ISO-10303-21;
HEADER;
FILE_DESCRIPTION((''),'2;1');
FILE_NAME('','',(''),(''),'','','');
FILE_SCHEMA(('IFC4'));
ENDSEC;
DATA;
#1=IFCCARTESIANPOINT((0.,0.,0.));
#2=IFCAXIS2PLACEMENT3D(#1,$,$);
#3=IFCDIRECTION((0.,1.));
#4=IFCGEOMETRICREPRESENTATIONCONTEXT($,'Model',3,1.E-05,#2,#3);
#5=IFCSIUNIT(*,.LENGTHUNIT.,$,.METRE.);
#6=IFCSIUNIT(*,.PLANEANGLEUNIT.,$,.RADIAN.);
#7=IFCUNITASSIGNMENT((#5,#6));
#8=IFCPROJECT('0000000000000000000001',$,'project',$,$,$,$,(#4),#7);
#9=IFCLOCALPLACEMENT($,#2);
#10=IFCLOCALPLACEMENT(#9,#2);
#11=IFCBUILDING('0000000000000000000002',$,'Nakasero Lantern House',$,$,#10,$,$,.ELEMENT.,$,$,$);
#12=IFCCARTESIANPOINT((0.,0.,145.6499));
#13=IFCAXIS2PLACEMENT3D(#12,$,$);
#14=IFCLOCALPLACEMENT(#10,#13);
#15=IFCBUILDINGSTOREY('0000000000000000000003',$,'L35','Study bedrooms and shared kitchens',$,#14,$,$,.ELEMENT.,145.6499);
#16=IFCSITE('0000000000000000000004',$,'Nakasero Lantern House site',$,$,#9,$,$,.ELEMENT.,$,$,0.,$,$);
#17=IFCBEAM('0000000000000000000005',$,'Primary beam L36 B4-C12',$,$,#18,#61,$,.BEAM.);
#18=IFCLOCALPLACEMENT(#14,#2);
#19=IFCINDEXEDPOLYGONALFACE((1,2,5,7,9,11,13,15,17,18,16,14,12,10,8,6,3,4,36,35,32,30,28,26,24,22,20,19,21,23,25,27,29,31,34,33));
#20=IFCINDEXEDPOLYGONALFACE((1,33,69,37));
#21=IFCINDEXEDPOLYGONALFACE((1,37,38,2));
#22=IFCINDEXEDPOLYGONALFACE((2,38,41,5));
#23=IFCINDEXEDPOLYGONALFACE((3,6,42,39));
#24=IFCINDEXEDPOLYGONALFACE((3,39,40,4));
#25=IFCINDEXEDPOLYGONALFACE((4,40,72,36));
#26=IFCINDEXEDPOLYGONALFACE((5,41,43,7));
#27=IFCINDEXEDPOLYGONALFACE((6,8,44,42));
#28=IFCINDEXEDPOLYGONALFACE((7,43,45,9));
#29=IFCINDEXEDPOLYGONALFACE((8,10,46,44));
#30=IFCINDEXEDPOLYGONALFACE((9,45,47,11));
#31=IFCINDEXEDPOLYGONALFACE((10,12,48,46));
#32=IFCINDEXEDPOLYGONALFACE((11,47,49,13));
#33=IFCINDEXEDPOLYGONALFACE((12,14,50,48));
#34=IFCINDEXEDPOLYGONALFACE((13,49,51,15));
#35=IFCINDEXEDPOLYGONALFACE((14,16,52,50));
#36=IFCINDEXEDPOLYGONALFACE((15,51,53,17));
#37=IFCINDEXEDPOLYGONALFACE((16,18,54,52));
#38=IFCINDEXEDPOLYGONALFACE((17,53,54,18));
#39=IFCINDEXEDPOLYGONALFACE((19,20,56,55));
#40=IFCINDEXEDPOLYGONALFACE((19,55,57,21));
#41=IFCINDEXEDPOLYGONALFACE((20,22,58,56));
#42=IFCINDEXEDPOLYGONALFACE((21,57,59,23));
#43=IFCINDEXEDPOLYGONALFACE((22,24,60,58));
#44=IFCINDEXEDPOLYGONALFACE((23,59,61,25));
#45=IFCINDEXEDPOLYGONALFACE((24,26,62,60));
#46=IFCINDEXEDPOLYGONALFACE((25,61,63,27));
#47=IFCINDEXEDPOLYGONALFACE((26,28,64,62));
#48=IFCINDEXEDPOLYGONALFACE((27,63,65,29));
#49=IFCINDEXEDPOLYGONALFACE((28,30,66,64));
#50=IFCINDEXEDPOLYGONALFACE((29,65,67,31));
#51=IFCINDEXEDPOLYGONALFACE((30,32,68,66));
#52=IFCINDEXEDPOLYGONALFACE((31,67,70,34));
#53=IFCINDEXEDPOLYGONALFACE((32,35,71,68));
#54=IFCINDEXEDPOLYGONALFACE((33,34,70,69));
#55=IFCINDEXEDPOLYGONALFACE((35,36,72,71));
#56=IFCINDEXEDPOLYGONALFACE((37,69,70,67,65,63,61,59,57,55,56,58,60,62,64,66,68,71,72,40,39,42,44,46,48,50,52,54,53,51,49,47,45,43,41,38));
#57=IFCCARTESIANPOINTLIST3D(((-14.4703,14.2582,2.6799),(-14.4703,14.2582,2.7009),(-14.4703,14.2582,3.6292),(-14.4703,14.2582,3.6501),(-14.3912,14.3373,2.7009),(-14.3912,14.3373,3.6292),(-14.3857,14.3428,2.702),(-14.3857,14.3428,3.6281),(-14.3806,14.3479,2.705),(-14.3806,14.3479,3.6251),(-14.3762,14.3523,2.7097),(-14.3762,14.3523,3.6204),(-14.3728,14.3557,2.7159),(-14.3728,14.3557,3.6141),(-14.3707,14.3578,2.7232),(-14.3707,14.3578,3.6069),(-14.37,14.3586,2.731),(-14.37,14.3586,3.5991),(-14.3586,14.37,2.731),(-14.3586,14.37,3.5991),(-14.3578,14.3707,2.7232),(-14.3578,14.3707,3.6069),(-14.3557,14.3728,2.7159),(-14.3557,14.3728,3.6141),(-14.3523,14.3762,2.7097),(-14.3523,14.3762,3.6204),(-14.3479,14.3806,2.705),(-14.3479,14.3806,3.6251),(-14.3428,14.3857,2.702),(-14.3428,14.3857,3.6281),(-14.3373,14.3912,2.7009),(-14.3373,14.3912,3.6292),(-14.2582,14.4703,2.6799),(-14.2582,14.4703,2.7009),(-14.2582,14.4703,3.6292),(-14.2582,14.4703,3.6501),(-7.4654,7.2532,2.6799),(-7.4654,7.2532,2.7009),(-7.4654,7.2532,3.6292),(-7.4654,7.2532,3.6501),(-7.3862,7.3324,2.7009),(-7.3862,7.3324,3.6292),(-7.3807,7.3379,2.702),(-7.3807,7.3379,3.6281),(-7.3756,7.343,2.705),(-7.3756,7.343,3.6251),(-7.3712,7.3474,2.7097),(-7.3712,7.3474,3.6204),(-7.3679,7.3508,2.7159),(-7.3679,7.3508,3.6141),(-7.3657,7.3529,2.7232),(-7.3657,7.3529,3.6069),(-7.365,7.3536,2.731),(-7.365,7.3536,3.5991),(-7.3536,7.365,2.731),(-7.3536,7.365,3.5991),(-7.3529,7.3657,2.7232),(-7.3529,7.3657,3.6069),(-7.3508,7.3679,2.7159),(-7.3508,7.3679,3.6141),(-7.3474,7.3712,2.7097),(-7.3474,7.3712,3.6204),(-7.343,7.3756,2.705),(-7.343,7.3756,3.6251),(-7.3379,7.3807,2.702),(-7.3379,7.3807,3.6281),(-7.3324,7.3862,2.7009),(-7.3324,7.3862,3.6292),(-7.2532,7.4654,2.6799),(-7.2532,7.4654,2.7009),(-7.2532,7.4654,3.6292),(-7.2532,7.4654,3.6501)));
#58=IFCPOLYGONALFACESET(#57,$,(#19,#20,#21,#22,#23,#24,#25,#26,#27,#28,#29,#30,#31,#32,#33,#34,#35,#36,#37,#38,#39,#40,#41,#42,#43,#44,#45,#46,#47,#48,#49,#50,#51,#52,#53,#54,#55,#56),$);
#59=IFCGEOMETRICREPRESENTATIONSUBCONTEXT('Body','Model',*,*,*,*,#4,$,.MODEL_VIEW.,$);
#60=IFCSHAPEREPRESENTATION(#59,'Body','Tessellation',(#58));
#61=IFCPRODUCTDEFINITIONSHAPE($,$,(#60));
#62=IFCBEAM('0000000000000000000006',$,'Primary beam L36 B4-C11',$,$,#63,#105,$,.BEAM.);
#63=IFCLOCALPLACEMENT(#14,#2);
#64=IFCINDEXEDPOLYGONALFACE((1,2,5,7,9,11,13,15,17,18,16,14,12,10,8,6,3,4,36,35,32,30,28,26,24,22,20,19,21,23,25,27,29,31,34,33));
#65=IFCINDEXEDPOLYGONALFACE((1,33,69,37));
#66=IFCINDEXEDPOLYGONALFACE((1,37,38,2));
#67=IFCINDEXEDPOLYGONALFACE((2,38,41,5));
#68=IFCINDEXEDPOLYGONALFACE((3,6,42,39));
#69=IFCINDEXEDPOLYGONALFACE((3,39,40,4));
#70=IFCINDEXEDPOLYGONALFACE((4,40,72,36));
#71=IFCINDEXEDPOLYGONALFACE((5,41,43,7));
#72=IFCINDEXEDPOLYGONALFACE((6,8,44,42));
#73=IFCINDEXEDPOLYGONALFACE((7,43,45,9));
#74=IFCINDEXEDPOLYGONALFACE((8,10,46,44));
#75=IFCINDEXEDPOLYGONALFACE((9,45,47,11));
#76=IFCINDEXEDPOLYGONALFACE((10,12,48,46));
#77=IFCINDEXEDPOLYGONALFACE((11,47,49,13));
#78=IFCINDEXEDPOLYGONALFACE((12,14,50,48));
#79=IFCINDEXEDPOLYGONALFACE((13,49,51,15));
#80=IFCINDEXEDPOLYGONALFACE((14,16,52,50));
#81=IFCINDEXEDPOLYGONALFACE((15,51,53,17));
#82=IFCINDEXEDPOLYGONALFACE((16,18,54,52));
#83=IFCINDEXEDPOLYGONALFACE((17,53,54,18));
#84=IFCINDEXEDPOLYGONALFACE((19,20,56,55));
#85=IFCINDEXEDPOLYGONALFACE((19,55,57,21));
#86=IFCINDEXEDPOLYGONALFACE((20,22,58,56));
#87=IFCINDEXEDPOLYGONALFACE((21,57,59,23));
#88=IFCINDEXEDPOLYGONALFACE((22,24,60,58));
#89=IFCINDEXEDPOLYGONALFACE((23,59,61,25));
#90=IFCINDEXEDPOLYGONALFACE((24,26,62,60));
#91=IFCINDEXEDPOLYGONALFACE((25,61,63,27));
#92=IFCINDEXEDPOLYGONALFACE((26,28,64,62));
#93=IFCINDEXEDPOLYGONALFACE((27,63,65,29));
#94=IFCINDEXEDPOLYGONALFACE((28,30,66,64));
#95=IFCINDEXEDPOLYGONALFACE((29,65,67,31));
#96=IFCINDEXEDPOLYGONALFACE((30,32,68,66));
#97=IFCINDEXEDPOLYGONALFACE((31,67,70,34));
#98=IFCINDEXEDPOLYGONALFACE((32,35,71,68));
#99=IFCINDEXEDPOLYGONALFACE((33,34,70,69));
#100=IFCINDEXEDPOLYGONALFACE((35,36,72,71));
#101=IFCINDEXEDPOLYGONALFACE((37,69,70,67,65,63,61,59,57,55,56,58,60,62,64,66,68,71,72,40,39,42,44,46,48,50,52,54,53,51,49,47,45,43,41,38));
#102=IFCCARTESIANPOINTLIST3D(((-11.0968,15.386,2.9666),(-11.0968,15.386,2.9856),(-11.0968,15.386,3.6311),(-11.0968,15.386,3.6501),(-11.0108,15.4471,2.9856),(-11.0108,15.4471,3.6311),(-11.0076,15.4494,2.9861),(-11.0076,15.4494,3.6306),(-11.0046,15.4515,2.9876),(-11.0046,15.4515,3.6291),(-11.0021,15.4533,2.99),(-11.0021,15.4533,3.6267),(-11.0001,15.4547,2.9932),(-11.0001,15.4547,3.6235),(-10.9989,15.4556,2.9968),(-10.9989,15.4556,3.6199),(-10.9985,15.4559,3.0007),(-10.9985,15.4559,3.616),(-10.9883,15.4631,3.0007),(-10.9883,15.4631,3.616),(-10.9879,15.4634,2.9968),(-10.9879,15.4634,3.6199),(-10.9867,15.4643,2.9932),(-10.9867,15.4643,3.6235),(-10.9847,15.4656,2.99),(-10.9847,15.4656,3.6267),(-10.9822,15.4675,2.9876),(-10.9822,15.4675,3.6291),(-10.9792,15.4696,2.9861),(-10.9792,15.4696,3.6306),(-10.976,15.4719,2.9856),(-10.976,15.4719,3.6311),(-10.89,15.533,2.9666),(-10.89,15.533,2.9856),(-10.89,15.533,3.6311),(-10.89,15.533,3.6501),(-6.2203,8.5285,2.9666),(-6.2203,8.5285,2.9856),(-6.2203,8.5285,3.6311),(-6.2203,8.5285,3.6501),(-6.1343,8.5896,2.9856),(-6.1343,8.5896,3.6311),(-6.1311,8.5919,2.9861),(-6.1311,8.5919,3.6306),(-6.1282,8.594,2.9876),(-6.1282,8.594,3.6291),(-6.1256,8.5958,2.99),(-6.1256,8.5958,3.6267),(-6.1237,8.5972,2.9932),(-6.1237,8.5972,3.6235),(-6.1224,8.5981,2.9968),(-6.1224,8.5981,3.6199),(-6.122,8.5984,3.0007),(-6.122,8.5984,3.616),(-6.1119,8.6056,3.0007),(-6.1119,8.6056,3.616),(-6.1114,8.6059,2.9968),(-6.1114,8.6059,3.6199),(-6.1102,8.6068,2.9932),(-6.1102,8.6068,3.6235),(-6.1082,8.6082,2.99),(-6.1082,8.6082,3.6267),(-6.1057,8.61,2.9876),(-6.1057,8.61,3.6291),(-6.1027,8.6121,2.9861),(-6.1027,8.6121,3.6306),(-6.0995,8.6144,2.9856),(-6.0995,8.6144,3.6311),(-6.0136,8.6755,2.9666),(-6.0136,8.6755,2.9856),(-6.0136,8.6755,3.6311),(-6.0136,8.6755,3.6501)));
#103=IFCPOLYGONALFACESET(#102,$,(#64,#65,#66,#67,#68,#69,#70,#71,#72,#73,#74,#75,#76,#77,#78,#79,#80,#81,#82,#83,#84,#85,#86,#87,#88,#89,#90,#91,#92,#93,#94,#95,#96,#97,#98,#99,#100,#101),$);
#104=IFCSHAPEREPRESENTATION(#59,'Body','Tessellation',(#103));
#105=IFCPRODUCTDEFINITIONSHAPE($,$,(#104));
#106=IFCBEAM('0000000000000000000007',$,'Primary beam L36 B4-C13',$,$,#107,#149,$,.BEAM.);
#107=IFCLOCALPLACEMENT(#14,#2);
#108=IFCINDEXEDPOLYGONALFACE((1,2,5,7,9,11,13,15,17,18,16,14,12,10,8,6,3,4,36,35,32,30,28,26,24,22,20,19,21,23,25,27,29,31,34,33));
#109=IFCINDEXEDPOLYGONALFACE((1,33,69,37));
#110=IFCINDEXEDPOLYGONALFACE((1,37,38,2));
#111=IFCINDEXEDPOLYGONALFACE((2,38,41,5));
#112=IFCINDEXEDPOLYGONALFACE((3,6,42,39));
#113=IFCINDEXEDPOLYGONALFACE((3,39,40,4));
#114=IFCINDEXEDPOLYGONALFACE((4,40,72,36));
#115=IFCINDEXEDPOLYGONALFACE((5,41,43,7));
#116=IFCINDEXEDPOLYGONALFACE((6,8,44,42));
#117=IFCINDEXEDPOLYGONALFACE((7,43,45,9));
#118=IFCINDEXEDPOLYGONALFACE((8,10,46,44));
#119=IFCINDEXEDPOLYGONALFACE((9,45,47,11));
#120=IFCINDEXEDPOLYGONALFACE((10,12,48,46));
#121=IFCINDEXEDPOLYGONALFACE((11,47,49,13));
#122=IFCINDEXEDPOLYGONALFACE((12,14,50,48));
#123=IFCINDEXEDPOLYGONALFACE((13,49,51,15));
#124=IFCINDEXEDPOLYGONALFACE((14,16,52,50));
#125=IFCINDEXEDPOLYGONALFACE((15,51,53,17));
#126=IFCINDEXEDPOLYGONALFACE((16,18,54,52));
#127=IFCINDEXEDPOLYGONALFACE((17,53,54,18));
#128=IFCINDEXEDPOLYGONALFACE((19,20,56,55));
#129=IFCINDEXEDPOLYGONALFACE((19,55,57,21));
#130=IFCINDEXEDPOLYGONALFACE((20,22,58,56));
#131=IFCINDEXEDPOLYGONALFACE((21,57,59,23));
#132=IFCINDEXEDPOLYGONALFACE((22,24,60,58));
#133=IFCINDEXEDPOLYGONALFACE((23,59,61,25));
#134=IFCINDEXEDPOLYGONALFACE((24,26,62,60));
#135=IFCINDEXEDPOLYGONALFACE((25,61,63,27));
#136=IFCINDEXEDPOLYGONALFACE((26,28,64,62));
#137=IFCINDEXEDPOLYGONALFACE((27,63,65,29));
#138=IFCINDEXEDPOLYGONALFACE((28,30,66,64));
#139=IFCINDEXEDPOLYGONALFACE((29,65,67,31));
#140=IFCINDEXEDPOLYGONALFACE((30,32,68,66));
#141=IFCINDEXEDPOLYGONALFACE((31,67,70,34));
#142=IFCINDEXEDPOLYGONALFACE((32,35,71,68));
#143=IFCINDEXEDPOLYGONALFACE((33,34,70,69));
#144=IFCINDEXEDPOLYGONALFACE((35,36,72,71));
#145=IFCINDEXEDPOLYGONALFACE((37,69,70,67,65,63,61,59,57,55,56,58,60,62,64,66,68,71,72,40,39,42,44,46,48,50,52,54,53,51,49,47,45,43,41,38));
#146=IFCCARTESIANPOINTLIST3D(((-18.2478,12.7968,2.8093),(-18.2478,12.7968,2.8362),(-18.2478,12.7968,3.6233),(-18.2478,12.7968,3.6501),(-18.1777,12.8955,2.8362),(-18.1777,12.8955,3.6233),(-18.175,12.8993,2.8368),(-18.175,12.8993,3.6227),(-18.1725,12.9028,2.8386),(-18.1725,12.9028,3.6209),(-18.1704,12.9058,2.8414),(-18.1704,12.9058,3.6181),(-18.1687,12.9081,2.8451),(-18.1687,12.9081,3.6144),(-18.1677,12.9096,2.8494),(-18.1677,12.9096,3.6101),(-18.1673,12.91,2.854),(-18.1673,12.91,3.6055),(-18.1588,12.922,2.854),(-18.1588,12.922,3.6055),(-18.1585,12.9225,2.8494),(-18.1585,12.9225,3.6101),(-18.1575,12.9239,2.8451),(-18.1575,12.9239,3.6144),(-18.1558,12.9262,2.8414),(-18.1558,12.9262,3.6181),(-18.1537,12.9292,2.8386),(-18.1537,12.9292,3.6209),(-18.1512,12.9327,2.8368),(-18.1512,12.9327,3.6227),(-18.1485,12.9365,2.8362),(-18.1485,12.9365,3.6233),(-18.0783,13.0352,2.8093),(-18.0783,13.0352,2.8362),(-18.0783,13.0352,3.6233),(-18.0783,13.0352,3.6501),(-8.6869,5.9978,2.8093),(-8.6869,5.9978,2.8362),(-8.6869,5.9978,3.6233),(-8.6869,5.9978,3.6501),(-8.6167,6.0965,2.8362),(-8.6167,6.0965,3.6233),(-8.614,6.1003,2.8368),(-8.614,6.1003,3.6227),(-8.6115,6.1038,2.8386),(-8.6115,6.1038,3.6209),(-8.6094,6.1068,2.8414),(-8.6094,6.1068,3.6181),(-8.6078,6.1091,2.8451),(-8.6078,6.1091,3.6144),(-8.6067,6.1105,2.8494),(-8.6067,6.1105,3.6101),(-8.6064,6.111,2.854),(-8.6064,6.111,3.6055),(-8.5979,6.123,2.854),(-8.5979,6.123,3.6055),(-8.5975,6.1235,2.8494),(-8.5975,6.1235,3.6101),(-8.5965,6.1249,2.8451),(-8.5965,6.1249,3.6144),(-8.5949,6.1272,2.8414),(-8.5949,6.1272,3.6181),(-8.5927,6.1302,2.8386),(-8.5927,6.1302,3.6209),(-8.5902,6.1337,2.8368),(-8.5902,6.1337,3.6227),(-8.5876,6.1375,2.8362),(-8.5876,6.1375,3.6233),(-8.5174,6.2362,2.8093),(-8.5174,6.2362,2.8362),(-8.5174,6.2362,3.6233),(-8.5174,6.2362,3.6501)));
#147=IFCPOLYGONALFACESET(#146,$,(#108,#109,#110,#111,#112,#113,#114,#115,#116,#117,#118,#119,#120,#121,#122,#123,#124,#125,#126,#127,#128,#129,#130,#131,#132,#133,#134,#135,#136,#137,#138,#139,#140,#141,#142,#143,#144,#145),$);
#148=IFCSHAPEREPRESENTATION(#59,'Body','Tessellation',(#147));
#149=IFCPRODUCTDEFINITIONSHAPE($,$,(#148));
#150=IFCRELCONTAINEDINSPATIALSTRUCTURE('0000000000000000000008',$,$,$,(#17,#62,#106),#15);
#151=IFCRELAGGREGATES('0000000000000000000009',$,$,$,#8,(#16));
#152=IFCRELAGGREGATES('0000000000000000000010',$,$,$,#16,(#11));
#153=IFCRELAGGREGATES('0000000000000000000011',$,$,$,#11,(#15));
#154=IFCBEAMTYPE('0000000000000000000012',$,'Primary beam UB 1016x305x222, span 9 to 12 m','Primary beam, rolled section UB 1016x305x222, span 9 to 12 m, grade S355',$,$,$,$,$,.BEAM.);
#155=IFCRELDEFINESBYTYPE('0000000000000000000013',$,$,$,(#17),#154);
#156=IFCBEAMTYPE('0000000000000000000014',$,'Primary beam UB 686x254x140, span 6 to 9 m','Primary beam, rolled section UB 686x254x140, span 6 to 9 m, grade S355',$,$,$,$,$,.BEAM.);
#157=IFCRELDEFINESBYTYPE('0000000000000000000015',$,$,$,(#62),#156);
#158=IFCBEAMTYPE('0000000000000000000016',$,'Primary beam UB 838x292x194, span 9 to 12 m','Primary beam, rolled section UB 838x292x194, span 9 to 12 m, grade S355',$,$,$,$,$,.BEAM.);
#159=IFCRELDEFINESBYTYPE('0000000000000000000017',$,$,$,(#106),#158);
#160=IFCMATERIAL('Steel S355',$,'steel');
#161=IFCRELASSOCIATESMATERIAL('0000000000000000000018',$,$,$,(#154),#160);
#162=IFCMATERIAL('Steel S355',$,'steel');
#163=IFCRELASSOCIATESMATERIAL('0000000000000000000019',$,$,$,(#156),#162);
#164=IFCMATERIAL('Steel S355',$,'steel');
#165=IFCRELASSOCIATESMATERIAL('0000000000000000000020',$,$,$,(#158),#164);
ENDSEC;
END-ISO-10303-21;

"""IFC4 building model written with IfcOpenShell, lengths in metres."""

from ifc_helpers import new_model, si_unit, direction, frame, origin, origin_2d, place, context, subcontext, project, spatial, i_section, extrude, material, material_profile, profile_set, type_object, element, save


model = new_model("IFC4")

# Units and contexts
model_context = context("Model", 3, precision=1e-05, world=origin(), true_north=direction((0.0, 1.0)))
body_context = subcontext(model_context, "Body", "Model", "MODEL_VIEW")
ifc_project = project(units=[si_unit("LENGTHUNIT", "METRE"), si_unit("PLANEANGLEUNIT", "RADIAN")], contexts=[model_context])

# Site, building, storey
site_placement = place(None, origin())
site = spatial("IfcSite", under=ifc_project, at=site_placement, Name="Nakasero Lantern House site", CompositionType="ELEMENT", RefElevation=0.0)
building_placement = place(site_placement, origin())
building = spatial("IfcBuilding", under=site, at=building_placement, Name="Nakasero Lantern House", CompositionType="ELEMENT")
storey_placement = place(building_placement, frame((0.0, 0.0, 145.6499)))
storey = spatial("IfcBuildingStorey", under=building, at=storey_placement, Name="L35", Description="Study bedrooms and shared kitchens", CompositionType="ELEMENT", Elevation=145.6499)

# Beams
ifc_material_1 = material(Name="Steel S355", Category="steel")
ifc_material_profile_1 = material_profile(ifc_material_1, i_section(OverallWidth=0.3, OverallDepth=0.9702, WebThickness=0.0161, FlangeThickness=0.021, FilletRadius=0.03, at=origin_2d()), Name="UB 1016x305x222")
ifc_profile_set_1 = profile_set([ifc_material_profile_1], Name="Steel S355")
beam_type_1 = type_object("IfcBeamType", Name="Primary beam UB 1016x305x222, span 9 to 12 m", Description="Primary beam, rolled section UB 1016x305x222, span 9 to 12 m, grade S355", PredefinedType="BEAM", material=ifc_profile_set_1)
beam_1_placement = place(storey_placement, frame((-14.3643, 14.3643, 3.165), z_axis=(0.707107, -0.707107, 0.0), x_axis=(0.707107, 0.707107, 0.0)))
element("IfcBeam", 1, at=beam_1_placement, inside=storey, type_object=beam_type_1, Name="Primary beam L36 B4-C12", PredefinedType="BEAM", context=body_context, shape_type="SweptSolid", body=[
    extrude(i_section(OverallWidth=0.3, OverallDepth=0.9702, WebThickness=0.0161, FlangeThickness=0.021, FilletRadius=0.03, at=origin_2d()), origin(), (0.0, 0.0, 1.0), 9.9065),
])
ifc_material_2 = material(Name="Steel S355", Category="steel")
ifc_material_profile_2 = material_profile(ifc_material_2, i_section(OverallWidth=0.2537, OverallDepth=0.6836, WebThickness=0.0125, FlangeThickness=0.019, FilletRadius=0.0151, at=origin_2d()), Name="UB 686x254x140")
ifc_profile_set_2 = profile_set([ifc_material_profile_2], Name="Steel S355")
beam_type_2 = type_object("IfcBeamType", Name="Primary beam UB 686x254x140, span 6 to 9 m", Description="Primary beam, rolled section UB 686x254x140, span 6 to 9 m, grade S355", PredefinedType="BEAM", material=ifc_profile_set_2)
beam_2_placement = place(storey_placement, frame((-10.9934, 15.4595, 3.3083), z_axis=(0.57953, -0.814951, 0.0), x_axis=(0.814951, 0.57953, 0.0)))
element("IfcBeam", 2, at=beam_2_placement, inside=storey, type_object=beam_type_2, Name="Primary beam L36 B4-C11", PredefinedType="BEAM", context=body_context, shape_type="SweptSolid", body=[
    extrude(i_section(OverallWidth=0.2537, OverallDepth=0.6836, WebThickness=0.0125, FlangeThickness=0.019, FilletRadius=0.0151, at=origin_2d()), origin(), (0.0, 0.0, 1.0), 8.4146),
])
ifc_material_3 = material(Name="Steel S355", Category="steel")
ifc_material_profile_3 = material_profile(ifc_material_3, i_section(OverallWidth=0.2925, OverallDepth=0.8408, WebThickness=0.0146, FlangeThickness=0.0269, FilletRadius=0.0178, at=origin_2d()), Name="UB 838x292x194")
ifc_profile_set_3 = profile_set([ifc_material_profile_3], Name="Steel S355")
beam_type_3 = type_object("IfcBeamType", Name="Primary beam UB 838x292x194, span 9 to 12 m", Description="Primary beam, rolled section UB 838x292x194, span 9 to 12 m, grade S355", PredefinedType="BEAM", material=ifc_profile_set_3)
beam_3_placement = place(storey_placement, frame((-18.1631, 12.916, 3.2297), z_axis=(0.814951, -0.57953, 0.0), x_axis=(0.57953, 0.814951, 0.0)))
element("IfcBeam", 3, at=beam_3_placement, inside=storey, type_object=beam_type_3, Name="Primary beam L36 B4-C13", PredefinedType="BEAM", context=body_context, shape_type="SweptSolid", body=[
    extrude(i_section(OverallWidth=0.2925, OverallDepth=0.8408, WebThickness=0.0146, FlangeThickness=0.0269, FilletRadius=0.0178, at=origin_2d()), origin(), (0.0, 0.0, 1.0), 11.7319),
])

save(model, "model.ifc")
